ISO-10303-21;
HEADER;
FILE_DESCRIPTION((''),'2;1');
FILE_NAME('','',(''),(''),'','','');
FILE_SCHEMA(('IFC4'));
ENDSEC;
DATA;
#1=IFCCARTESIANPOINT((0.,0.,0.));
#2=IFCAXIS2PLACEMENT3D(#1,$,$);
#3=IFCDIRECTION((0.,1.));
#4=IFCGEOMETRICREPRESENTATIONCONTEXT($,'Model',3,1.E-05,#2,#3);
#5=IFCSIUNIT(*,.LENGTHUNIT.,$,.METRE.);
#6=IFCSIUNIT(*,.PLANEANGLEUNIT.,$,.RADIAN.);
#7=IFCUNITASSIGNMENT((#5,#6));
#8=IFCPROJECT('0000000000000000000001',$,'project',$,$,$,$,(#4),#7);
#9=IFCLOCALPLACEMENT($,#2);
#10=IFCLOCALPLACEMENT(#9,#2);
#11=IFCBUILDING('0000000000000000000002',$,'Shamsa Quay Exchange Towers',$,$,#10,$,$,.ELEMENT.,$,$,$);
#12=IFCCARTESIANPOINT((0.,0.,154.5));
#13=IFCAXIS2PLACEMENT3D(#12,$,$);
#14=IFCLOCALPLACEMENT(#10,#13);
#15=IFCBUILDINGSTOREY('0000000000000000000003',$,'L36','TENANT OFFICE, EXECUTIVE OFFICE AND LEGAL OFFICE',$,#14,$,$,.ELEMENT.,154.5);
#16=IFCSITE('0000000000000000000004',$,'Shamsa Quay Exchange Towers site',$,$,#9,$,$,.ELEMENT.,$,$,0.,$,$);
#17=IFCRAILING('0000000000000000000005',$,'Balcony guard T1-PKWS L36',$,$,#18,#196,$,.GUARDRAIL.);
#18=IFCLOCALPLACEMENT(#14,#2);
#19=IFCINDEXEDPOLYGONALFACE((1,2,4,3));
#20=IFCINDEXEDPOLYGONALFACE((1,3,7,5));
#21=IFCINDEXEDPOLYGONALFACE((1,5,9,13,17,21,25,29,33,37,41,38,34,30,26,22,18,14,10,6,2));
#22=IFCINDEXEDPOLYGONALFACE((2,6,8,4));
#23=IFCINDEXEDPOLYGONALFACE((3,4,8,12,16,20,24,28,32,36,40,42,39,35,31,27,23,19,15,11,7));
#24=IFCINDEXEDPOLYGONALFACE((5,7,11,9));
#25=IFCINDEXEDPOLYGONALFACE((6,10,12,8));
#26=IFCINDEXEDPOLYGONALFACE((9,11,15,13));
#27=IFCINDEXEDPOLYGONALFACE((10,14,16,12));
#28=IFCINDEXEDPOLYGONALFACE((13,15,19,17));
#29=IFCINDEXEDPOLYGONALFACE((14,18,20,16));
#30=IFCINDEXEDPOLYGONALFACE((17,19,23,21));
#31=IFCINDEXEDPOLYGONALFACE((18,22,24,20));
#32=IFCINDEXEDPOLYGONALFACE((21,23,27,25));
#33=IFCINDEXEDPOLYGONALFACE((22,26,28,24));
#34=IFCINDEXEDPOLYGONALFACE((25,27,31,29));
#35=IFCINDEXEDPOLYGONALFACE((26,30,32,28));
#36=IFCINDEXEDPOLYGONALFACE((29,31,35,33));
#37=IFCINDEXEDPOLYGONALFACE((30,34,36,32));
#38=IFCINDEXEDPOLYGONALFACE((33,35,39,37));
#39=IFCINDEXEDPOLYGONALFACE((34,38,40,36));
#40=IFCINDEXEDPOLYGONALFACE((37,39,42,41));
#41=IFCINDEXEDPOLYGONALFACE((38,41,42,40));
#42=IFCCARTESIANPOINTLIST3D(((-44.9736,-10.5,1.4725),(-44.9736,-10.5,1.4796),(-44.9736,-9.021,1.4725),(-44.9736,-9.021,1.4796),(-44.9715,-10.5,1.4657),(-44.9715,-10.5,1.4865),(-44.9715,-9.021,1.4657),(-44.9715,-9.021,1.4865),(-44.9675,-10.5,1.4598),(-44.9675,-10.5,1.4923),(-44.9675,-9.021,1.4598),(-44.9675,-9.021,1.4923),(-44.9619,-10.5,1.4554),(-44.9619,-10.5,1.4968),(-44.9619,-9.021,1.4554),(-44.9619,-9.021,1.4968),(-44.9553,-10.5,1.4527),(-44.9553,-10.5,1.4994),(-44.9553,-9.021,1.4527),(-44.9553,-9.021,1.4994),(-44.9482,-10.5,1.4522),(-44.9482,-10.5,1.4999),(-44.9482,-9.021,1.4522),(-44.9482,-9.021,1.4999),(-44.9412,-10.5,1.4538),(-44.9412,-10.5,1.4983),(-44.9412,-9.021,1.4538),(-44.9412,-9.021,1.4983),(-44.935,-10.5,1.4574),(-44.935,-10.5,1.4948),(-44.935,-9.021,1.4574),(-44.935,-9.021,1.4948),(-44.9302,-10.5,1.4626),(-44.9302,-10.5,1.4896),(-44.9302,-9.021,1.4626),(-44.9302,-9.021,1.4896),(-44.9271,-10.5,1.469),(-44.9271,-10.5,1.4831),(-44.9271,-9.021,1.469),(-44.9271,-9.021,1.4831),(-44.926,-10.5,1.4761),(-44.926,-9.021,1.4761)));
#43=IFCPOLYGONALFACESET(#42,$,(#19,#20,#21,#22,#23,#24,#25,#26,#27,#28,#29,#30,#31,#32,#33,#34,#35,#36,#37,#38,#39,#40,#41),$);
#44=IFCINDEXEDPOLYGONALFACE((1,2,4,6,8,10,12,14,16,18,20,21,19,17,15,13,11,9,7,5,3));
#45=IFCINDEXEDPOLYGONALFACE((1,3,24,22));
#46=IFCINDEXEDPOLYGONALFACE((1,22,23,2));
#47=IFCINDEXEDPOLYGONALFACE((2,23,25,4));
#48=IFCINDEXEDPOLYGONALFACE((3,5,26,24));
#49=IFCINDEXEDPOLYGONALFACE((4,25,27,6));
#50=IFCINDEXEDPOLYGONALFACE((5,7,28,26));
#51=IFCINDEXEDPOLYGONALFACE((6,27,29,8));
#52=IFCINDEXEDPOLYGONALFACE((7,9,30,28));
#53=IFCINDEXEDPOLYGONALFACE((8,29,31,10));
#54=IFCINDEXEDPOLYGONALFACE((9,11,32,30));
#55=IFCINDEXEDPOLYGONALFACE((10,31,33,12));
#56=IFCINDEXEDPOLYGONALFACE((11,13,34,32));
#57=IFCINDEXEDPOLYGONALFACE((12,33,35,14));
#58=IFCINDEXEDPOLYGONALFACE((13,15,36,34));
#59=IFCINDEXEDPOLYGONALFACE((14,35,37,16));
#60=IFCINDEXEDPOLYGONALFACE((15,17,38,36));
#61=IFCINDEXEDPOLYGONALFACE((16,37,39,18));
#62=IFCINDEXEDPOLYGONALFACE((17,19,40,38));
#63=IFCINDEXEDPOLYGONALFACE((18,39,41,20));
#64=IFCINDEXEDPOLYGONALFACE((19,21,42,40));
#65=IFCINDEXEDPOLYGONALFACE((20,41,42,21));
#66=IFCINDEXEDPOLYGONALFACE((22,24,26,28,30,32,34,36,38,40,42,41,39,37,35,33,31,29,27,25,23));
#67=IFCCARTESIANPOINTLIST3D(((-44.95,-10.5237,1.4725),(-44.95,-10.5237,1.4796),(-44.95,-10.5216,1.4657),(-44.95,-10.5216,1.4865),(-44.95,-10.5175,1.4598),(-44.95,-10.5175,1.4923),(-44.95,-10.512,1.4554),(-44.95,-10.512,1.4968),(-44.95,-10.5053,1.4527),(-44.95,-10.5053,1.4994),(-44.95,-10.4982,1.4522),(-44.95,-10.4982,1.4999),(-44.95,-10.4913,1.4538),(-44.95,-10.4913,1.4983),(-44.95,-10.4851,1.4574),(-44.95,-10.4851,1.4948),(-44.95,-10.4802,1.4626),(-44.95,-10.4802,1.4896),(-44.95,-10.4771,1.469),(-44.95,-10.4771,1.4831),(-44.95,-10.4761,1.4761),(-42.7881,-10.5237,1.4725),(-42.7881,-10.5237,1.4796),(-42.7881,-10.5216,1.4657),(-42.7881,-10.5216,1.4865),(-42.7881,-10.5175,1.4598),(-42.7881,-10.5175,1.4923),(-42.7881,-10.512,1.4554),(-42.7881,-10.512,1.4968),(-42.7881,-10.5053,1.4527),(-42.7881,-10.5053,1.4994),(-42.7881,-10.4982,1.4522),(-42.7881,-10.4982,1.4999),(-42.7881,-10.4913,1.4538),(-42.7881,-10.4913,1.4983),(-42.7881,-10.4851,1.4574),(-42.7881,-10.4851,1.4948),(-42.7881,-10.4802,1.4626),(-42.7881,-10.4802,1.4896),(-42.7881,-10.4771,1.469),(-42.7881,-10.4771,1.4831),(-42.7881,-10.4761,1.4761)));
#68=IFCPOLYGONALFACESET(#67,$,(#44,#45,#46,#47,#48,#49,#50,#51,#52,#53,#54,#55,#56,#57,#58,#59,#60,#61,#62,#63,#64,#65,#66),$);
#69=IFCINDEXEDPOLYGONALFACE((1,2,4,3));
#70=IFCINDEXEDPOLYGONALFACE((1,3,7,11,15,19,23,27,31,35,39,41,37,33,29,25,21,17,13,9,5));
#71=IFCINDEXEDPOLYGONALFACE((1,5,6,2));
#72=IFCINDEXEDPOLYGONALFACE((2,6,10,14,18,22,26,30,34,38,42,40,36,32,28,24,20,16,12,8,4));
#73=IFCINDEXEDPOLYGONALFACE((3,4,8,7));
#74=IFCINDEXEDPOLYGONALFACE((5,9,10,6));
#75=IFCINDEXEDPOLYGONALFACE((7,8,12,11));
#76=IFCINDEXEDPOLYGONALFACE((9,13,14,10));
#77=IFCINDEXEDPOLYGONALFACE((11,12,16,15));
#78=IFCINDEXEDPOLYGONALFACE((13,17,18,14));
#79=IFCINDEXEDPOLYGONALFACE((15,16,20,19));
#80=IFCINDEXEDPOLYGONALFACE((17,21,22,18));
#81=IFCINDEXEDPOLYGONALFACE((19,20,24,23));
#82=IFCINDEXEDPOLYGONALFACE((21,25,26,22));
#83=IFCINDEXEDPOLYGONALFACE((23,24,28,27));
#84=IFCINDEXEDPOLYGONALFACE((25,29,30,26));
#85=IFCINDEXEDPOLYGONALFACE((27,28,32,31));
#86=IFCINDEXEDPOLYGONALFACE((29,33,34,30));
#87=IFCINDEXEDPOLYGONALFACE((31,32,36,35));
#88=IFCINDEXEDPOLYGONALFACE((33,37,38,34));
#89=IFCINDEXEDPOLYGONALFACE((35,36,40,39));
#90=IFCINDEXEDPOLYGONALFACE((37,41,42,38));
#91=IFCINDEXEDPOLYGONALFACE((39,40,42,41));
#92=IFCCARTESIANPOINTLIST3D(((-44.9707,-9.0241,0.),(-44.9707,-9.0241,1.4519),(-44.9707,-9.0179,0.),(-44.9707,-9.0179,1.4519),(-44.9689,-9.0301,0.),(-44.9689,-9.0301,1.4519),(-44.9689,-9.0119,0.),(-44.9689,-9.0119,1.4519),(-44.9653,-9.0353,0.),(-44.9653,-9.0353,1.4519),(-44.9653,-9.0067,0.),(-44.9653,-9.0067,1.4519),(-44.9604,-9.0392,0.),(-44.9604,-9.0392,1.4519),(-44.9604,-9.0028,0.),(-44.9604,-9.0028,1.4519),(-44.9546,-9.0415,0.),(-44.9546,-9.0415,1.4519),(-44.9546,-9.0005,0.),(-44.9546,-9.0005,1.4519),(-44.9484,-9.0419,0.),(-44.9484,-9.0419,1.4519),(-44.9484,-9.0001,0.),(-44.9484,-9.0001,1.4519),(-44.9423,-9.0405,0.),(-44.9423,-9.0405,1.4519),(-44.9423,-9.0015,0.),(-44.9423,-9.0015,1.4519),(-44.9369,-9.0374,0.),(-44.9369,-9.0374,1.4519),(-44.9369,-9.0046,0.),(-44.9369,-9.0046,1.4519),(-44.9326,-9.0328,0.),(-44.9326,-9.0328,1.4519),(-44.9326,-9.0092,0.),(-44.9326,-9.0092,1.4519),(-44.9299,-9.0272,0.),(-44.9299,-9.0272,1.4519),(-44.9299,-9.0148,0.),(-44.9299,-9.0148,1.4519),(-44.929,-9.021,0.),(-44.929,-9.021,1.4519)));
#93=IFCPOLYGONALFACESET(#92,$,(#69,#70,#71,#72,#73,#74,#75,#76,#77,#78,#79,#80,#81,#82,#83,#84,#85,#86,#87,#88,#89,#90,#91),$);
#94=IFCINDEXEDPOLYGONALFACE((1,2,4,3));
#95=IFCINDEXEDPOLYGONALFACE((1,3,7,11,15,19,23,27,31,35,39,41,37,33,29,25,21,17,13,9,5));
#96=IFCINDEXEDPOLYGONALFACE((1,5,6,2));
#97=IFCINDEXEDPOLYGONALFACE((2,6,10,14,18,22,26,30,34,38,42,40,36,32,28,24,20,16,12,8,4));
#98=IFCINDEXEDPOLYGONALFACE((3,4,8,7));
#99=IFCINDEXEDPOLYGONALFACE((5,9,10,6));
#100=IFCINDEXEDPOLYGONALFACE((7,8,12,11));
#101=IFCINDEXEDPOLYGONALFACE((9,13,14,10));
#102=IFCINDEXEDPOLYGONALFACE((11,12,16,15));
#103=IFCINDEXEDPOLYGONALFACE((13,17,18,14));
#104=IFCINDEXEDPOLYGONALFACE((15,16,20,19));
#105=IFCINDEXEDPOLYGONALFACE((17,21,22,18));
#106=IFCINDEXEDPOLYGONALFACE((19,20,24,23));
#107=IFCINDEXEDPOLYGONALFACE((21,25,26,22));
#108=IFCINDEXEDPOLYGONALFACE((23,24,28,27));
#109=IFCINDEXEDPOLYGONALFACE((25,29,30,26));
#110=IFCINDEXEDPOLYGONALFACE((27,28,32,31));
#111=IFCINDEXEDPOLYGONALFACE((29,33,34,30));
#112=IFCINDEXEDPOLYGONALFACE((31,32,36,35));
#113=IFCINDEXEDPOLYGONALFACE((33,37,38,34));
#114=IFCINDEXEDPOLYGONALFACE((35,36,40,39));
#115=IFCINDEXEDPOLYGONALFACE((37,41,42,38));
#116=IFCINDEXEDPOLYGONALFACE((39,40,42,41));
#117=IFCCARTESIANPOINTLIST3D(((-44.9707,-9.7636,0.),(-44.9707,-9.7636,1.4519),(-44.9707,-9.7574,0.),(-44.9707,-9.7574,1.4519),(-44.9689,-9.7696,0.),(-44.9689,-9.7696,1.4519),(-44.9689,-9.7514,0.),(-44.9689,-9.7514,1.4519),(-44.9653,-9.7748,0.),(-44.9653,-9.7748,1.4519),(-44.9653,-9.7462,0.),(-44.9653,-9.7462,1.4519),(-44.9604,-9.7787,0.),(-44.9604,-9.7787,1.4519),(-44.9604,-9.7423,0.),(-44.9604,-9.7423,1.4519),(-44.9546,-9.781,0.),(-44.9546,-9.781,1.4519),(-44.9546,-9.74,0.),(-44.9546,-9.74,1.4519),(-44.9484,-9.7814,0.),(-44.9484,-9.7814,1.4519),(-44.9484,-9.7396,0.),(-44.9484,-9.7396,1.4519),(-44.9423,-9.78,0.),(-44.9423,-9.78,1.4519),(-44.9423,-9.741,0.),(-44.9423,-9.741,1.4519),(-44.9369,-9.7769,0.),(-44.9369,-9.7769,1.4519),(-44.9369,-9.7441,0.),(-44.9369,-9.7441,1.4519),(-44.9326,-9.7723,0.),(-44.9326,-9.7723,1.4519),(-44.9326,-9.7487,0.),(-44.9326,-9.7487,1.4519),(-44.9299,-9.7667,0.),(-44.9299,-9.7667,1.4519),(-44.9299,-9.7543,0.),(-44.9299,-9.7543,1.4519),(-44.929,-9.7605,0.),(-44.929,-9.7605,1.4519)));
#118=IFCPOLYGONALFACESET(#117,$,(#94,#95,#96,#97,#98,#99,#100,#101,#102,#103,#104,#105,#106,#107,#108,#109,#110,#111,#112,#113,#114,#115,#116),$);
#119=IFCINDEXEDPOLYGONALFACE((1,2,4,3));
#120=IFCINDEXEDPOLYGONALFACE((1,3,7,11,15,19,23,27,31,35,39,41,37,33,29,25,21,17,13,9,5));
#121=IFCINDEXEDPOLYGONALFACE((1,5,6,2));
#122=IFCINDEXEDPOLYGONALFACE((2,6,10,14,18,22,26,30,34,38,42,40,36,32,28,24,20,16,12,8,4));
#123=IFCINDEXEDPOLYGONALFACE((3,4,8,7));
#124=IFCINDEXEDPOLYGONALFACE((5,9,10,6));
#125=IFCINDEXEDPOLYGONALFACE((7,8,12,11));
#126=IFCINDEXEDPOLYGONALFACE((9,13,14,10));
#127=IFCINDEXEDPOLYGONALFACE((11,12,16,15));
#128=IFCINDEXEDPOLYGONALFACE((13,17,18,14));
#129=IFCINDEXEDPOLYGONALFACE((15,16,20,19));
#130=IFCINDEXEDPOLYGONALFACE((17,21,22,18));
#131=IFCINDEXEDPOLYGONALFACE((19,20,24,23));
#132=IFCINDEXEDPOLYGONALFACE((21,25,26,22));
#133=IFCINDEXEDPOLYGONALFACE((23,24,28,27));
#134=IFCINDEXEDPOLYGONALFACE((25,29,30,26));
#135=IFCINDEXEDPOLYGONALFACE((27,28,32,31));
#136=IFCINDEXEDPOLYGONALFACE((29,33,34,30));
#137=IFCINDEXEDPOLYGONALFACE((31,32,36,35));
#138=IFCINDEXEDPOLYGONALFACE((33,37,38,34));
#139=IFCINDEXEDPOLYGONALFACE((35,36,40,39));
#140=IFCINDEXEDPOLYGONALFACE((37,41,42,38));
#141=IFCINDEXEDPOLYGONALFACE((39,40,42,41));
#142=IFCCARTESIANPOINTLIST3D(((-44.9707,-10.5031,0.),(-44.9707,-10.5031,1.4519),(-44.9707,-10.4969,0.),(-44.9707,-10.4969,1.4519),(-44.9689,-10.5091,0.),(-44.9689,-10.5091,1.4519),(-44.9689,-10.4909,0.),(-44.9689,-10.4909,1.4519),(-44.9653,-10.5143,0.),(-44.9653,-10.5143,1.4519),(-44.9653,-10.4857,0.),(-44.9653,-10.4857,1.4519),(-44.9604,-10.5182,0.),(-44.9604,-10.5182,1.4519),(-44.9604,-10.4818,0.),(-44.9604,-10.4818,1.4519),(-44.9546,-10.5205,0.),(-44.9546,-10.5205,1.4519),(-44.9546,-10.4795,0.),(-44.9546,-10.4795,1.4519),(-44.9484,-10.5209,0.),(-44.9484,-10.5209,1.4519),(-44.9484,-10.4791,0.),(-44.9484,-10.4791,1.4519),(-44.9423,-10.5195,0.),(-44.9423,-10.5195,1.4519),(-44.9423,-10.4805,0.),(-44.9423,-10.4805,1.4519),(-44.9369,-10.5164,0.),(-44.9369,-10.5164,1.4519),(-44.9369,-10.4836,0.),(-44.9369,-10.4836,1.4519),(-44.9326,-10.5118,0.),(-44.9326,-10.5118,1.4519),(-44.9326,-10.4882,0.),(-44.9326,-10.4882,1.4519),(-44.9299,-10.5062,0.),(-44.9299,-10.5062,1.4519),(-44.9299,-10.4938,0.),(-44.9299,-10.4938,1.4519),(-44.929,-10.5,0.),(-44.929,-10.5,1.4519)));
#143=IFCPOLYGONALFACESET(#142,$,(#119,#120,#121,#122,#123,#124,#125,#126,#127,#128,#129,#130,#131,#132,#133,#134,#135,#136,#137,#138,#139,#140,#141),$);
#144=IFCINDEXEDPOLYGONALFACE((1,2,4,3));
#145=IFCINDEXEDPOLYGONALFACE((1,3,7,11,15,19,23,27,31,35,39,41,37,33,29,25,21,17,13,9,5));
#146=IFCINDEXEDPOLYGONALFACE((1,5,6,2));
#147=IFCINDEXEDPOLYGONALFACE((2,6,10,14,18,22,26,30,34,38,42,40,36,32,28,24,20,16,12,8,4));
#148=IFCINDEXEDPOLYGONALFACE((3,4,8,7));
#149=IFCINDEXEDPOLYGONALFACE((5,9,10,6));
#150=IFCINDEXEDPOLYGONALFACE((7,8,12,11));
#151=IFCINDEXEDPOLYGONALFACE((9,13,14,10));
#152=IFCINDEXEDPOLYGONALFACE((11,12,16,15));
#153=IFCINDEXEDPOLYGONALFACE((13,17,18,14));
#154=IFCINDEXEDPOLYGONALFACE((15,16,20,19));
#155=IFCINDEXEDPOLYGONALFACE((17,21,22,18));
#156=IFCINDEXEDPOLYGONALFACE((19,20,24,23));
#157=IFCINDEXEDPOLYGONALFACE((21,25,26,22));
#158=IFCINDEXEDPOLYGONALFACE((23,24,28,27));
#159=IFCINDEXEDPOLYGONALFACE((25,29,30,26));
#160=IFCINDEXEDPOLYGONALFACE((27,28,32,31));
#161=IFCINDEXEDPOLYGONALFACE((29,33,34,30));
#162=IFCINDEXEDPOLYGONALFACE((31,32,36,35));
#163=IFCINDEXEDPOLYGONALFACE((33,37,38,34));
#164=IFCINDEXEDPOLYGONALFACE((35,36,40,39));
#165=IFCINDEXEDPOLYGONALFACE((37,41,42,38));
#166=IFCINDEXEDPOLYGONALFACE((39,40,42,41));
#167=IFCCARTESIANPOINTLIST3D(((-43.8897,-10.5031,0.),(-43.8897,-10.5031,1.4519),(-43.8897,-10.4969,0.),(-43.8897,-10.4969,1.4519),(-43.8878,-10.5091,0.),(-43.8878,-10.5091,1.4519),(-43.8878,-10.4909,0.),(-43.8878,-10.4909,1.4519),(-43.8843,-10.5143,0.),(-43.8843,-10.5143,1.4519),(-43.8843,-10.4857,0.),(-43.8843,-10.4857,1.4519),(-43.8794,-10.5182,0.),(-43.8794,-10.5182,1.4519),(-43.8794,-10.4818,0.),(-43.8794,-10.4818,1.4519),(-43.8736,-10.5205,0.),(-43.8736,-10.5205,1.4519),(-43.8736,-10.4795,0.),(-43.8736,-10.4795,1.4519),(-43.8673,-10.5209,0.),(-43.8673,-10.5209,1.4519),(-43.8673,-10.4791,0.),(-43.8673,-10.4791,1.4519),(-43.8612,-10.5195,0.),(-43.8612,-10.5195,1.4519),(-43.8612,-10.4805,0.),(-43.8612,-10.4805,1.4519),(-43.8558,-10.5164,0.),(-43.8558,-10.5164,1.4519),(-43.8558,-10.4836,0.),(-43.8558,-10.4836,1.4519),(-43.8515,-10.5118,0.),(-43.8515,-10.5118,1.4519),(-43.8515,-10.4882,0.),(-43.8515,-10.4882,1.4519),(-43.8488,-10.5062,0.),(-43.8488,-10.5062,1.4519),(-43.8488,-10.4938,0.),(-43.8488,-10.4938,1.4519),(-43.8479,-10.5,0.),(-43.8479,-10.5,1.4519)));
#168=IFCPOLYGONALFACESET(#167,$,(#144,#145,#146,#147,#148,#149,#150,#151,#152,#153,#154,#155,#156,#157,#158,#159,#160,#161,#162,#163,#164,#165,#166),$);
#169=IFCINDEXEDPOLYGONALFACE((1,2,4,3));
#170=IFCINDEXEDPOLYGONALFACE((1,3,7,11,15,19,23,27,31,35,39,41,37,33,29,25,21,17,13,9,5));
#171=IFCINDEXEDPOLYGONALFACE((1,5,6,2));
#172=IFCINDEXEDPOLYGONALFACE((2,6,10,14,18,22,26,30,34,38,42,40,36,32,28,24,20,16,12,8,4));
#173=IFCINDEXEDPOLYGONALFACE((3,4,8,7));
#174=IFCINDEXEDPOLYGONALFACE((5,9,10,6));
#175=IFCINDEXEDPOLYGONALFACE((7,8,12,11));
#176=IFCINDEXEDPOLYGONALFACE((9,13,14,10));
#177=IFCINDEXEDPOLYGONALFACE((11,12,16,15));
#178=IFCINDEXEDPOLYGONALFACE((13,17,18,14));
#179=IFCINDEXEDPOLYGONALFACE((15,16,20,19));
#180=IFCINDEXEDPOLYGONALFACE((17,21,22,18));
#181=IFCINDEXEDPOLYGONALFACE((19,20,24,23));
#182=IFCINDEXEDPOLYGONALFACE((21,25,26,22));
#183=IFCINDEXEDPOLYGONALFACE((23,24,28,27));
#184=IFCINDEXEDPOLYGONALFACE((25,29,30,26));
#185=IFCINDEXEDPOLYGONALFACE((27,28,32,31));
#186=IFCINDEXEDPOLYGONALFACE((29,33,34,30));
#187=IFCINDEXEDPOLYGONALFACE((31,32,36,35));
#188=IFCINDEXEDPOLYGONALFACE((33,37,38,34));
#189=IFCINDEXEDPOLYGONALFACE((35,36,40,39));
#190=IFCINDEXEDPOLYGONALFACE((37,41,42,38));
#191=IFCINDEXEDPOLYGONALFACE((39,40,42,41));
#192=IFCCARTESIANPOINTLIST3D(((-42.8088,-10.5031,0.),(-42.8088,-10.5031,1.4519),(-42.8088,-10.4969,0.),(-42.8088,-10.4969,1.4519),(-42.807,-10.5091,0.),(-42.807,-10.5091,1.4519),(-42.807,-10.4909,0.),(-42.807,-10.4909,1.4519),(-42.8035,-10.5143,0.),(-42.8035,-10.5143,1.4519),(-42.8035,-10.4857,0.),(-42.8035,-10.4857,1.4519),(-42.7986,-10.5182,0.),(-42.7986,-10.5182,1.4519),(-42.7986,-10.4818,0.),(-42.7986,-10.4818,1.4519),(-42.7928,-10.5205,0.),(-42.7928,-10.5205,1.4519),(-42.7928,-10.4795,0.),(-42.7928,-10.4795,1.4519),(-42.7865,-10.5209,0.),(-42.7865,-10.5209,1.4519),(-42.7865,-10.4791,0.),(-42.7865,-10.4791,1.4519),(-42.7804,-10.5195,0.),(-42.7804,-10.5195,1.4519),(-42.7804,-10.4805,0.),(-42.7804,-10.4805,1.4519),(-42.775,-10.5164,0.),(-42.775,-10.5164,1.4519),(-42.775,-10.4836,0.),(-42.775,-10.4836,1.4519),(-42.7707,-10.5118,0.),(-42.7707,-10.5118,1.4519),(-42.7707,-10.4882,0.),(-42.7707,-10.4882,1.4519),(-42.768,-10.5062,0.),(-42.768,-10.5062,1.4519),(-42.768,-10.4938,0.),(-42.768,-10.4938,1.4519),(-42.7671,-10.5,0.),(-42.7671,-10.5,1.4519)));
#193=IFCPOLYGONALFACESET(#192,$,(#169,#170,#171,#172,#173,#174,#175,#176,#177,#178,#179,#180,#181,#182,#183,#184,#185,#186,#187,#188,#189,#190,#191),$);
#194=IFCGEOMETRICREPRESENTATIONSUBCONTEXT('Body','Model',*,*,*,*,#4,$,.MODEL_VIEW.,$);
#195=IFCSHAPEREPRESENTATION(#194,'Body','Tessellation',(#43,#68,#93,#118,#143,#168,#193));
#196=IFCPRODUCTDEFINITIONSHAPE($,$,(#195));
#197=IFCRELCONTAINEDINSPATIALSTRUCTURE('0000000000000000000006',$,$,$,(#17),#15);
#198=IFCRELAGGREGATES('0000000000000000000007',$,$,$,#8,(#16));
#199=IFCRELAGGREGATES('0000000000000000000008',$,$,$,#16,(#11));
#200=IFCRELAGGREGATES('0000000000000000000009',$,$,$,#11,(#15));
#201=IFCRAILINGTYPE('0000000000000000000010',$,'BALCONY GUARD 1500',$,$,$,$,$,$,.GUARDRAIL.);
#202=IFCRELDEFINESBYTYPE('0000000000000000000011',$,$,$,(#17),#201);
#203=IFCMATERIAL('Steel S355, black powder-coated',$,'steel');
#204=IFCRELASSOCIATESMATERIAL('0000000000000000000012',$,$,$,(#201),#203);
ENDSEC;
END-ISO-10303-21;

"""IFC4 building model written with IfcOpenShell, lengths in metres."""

from ifc_helpers import new_model, si_unit, direction, frame, origin, origin_2d, place, context, subcontext, project, spatial, circle, extrude, material, type_object, element, save


model = new_model("IFC4")

# Units and contexts
model_context = context("Model", 3, precision=1e-05, world=origin(), true_north=direction((0.0, 1.0)))
body_context = subcontext(model_context, "Body", "Model", "MODEL_VIEW")
ifc_project = project(units=[si_unit("LENGTHUNIT", "METRE"), si_unit("PLANEANGLEUNIT", "RADIAN")], contexts=[model_context])

# Site, building, storey
site_placement = place(None, origin())
site = spatial("IfcSite", under=ifc_project, at=site_placement, Name="Shamsa Quay Exchange Towers site", CompositionType="ELEMENT", RefElevation=0.0)
building_placement = place(site_placement, origin())
building = spatial("IfcBuilding", under=site, at=building_placement, Name="Shamsa Quay Exchange Towers", CompositionType="ELEMENT")
storey_placement = place(building_placement, frame((0.0, 0.0, 154.5)))
storey = spatial("IfcBuildingStorey", under=building, at=storey_placement, Name="L36", Description="TENANT OFFICE, EXECUTIVE OFFICE AND LEGAL OFFICE", CompositionType="ELEMENT", Elevation=154.5)

# Railing
ifc_material_1 = material(Name="Steel S355, black powder-coated", Category="steel")
railing_type = type_object("IfcRailingType", Name="BALCONY GUARD 1500", PredefinedType="GUARDRAIL", material=ifc_material_1)
for number, where, name in (
    (1, (-44.95, -9.021, 0.0), "Balcony guard T1-PKWS L36"),
):
    element("IfcRailing", number, at=place(storey_placement, frame(where)), inside=storey, type_object=railing_type, Name=name, PredefinedType="GUARDRAIL", context=body_context, shape_type="SweptSolid", body=[
        extrude(circle(Radius=0.0239, at=origin_2d()), frame((0.0, 0.0, 1.4761), z_axis=(0.0, -1.0, 0.0), x_axis=(1.0, 0.0, 0.0)), (0.0, 0.0, 1.0), 1.479),
        extrude(circle(Radius=0.0239, at=origin_2d()), frame((0.0, -1.479, 1.4761), z_axis=(1.0, 0.0, 0.0), x_axis=(0.0, 1.0, 0.0)), (0.0, 0.0, 1.0), 2.1619),
        extrude(circle(Radius=0.021, at=origin_2d()), origin(), (0.0, 0.0, 1.0), 1.4519),
        extrude(circle(Radius=0.021, at=origin_2d()), frame((0.0, -0.7395, 0.0)), (0.0, 0.0, 1.0), 1.4519),
        extrude(circle(Radius=0.021, at=origin_2d()), frame((0.0, -1.479, 0.0)), (0.0, 0.0, 1.0), 1.4519),
        extrude(circle(Radius=0.021, at=origin_2d()), frame((1.0811, -1.479, 0.0)), (0.0, 0.0, 1.0), 1.4519),
        extrude(circle(Radius=0.021, at=origin_2d()), frame((2.1619, -1.479, 0.0)), (0.0, 0.0, 1.0), 1.4519),
    ])

save(model, "model.ifc")
